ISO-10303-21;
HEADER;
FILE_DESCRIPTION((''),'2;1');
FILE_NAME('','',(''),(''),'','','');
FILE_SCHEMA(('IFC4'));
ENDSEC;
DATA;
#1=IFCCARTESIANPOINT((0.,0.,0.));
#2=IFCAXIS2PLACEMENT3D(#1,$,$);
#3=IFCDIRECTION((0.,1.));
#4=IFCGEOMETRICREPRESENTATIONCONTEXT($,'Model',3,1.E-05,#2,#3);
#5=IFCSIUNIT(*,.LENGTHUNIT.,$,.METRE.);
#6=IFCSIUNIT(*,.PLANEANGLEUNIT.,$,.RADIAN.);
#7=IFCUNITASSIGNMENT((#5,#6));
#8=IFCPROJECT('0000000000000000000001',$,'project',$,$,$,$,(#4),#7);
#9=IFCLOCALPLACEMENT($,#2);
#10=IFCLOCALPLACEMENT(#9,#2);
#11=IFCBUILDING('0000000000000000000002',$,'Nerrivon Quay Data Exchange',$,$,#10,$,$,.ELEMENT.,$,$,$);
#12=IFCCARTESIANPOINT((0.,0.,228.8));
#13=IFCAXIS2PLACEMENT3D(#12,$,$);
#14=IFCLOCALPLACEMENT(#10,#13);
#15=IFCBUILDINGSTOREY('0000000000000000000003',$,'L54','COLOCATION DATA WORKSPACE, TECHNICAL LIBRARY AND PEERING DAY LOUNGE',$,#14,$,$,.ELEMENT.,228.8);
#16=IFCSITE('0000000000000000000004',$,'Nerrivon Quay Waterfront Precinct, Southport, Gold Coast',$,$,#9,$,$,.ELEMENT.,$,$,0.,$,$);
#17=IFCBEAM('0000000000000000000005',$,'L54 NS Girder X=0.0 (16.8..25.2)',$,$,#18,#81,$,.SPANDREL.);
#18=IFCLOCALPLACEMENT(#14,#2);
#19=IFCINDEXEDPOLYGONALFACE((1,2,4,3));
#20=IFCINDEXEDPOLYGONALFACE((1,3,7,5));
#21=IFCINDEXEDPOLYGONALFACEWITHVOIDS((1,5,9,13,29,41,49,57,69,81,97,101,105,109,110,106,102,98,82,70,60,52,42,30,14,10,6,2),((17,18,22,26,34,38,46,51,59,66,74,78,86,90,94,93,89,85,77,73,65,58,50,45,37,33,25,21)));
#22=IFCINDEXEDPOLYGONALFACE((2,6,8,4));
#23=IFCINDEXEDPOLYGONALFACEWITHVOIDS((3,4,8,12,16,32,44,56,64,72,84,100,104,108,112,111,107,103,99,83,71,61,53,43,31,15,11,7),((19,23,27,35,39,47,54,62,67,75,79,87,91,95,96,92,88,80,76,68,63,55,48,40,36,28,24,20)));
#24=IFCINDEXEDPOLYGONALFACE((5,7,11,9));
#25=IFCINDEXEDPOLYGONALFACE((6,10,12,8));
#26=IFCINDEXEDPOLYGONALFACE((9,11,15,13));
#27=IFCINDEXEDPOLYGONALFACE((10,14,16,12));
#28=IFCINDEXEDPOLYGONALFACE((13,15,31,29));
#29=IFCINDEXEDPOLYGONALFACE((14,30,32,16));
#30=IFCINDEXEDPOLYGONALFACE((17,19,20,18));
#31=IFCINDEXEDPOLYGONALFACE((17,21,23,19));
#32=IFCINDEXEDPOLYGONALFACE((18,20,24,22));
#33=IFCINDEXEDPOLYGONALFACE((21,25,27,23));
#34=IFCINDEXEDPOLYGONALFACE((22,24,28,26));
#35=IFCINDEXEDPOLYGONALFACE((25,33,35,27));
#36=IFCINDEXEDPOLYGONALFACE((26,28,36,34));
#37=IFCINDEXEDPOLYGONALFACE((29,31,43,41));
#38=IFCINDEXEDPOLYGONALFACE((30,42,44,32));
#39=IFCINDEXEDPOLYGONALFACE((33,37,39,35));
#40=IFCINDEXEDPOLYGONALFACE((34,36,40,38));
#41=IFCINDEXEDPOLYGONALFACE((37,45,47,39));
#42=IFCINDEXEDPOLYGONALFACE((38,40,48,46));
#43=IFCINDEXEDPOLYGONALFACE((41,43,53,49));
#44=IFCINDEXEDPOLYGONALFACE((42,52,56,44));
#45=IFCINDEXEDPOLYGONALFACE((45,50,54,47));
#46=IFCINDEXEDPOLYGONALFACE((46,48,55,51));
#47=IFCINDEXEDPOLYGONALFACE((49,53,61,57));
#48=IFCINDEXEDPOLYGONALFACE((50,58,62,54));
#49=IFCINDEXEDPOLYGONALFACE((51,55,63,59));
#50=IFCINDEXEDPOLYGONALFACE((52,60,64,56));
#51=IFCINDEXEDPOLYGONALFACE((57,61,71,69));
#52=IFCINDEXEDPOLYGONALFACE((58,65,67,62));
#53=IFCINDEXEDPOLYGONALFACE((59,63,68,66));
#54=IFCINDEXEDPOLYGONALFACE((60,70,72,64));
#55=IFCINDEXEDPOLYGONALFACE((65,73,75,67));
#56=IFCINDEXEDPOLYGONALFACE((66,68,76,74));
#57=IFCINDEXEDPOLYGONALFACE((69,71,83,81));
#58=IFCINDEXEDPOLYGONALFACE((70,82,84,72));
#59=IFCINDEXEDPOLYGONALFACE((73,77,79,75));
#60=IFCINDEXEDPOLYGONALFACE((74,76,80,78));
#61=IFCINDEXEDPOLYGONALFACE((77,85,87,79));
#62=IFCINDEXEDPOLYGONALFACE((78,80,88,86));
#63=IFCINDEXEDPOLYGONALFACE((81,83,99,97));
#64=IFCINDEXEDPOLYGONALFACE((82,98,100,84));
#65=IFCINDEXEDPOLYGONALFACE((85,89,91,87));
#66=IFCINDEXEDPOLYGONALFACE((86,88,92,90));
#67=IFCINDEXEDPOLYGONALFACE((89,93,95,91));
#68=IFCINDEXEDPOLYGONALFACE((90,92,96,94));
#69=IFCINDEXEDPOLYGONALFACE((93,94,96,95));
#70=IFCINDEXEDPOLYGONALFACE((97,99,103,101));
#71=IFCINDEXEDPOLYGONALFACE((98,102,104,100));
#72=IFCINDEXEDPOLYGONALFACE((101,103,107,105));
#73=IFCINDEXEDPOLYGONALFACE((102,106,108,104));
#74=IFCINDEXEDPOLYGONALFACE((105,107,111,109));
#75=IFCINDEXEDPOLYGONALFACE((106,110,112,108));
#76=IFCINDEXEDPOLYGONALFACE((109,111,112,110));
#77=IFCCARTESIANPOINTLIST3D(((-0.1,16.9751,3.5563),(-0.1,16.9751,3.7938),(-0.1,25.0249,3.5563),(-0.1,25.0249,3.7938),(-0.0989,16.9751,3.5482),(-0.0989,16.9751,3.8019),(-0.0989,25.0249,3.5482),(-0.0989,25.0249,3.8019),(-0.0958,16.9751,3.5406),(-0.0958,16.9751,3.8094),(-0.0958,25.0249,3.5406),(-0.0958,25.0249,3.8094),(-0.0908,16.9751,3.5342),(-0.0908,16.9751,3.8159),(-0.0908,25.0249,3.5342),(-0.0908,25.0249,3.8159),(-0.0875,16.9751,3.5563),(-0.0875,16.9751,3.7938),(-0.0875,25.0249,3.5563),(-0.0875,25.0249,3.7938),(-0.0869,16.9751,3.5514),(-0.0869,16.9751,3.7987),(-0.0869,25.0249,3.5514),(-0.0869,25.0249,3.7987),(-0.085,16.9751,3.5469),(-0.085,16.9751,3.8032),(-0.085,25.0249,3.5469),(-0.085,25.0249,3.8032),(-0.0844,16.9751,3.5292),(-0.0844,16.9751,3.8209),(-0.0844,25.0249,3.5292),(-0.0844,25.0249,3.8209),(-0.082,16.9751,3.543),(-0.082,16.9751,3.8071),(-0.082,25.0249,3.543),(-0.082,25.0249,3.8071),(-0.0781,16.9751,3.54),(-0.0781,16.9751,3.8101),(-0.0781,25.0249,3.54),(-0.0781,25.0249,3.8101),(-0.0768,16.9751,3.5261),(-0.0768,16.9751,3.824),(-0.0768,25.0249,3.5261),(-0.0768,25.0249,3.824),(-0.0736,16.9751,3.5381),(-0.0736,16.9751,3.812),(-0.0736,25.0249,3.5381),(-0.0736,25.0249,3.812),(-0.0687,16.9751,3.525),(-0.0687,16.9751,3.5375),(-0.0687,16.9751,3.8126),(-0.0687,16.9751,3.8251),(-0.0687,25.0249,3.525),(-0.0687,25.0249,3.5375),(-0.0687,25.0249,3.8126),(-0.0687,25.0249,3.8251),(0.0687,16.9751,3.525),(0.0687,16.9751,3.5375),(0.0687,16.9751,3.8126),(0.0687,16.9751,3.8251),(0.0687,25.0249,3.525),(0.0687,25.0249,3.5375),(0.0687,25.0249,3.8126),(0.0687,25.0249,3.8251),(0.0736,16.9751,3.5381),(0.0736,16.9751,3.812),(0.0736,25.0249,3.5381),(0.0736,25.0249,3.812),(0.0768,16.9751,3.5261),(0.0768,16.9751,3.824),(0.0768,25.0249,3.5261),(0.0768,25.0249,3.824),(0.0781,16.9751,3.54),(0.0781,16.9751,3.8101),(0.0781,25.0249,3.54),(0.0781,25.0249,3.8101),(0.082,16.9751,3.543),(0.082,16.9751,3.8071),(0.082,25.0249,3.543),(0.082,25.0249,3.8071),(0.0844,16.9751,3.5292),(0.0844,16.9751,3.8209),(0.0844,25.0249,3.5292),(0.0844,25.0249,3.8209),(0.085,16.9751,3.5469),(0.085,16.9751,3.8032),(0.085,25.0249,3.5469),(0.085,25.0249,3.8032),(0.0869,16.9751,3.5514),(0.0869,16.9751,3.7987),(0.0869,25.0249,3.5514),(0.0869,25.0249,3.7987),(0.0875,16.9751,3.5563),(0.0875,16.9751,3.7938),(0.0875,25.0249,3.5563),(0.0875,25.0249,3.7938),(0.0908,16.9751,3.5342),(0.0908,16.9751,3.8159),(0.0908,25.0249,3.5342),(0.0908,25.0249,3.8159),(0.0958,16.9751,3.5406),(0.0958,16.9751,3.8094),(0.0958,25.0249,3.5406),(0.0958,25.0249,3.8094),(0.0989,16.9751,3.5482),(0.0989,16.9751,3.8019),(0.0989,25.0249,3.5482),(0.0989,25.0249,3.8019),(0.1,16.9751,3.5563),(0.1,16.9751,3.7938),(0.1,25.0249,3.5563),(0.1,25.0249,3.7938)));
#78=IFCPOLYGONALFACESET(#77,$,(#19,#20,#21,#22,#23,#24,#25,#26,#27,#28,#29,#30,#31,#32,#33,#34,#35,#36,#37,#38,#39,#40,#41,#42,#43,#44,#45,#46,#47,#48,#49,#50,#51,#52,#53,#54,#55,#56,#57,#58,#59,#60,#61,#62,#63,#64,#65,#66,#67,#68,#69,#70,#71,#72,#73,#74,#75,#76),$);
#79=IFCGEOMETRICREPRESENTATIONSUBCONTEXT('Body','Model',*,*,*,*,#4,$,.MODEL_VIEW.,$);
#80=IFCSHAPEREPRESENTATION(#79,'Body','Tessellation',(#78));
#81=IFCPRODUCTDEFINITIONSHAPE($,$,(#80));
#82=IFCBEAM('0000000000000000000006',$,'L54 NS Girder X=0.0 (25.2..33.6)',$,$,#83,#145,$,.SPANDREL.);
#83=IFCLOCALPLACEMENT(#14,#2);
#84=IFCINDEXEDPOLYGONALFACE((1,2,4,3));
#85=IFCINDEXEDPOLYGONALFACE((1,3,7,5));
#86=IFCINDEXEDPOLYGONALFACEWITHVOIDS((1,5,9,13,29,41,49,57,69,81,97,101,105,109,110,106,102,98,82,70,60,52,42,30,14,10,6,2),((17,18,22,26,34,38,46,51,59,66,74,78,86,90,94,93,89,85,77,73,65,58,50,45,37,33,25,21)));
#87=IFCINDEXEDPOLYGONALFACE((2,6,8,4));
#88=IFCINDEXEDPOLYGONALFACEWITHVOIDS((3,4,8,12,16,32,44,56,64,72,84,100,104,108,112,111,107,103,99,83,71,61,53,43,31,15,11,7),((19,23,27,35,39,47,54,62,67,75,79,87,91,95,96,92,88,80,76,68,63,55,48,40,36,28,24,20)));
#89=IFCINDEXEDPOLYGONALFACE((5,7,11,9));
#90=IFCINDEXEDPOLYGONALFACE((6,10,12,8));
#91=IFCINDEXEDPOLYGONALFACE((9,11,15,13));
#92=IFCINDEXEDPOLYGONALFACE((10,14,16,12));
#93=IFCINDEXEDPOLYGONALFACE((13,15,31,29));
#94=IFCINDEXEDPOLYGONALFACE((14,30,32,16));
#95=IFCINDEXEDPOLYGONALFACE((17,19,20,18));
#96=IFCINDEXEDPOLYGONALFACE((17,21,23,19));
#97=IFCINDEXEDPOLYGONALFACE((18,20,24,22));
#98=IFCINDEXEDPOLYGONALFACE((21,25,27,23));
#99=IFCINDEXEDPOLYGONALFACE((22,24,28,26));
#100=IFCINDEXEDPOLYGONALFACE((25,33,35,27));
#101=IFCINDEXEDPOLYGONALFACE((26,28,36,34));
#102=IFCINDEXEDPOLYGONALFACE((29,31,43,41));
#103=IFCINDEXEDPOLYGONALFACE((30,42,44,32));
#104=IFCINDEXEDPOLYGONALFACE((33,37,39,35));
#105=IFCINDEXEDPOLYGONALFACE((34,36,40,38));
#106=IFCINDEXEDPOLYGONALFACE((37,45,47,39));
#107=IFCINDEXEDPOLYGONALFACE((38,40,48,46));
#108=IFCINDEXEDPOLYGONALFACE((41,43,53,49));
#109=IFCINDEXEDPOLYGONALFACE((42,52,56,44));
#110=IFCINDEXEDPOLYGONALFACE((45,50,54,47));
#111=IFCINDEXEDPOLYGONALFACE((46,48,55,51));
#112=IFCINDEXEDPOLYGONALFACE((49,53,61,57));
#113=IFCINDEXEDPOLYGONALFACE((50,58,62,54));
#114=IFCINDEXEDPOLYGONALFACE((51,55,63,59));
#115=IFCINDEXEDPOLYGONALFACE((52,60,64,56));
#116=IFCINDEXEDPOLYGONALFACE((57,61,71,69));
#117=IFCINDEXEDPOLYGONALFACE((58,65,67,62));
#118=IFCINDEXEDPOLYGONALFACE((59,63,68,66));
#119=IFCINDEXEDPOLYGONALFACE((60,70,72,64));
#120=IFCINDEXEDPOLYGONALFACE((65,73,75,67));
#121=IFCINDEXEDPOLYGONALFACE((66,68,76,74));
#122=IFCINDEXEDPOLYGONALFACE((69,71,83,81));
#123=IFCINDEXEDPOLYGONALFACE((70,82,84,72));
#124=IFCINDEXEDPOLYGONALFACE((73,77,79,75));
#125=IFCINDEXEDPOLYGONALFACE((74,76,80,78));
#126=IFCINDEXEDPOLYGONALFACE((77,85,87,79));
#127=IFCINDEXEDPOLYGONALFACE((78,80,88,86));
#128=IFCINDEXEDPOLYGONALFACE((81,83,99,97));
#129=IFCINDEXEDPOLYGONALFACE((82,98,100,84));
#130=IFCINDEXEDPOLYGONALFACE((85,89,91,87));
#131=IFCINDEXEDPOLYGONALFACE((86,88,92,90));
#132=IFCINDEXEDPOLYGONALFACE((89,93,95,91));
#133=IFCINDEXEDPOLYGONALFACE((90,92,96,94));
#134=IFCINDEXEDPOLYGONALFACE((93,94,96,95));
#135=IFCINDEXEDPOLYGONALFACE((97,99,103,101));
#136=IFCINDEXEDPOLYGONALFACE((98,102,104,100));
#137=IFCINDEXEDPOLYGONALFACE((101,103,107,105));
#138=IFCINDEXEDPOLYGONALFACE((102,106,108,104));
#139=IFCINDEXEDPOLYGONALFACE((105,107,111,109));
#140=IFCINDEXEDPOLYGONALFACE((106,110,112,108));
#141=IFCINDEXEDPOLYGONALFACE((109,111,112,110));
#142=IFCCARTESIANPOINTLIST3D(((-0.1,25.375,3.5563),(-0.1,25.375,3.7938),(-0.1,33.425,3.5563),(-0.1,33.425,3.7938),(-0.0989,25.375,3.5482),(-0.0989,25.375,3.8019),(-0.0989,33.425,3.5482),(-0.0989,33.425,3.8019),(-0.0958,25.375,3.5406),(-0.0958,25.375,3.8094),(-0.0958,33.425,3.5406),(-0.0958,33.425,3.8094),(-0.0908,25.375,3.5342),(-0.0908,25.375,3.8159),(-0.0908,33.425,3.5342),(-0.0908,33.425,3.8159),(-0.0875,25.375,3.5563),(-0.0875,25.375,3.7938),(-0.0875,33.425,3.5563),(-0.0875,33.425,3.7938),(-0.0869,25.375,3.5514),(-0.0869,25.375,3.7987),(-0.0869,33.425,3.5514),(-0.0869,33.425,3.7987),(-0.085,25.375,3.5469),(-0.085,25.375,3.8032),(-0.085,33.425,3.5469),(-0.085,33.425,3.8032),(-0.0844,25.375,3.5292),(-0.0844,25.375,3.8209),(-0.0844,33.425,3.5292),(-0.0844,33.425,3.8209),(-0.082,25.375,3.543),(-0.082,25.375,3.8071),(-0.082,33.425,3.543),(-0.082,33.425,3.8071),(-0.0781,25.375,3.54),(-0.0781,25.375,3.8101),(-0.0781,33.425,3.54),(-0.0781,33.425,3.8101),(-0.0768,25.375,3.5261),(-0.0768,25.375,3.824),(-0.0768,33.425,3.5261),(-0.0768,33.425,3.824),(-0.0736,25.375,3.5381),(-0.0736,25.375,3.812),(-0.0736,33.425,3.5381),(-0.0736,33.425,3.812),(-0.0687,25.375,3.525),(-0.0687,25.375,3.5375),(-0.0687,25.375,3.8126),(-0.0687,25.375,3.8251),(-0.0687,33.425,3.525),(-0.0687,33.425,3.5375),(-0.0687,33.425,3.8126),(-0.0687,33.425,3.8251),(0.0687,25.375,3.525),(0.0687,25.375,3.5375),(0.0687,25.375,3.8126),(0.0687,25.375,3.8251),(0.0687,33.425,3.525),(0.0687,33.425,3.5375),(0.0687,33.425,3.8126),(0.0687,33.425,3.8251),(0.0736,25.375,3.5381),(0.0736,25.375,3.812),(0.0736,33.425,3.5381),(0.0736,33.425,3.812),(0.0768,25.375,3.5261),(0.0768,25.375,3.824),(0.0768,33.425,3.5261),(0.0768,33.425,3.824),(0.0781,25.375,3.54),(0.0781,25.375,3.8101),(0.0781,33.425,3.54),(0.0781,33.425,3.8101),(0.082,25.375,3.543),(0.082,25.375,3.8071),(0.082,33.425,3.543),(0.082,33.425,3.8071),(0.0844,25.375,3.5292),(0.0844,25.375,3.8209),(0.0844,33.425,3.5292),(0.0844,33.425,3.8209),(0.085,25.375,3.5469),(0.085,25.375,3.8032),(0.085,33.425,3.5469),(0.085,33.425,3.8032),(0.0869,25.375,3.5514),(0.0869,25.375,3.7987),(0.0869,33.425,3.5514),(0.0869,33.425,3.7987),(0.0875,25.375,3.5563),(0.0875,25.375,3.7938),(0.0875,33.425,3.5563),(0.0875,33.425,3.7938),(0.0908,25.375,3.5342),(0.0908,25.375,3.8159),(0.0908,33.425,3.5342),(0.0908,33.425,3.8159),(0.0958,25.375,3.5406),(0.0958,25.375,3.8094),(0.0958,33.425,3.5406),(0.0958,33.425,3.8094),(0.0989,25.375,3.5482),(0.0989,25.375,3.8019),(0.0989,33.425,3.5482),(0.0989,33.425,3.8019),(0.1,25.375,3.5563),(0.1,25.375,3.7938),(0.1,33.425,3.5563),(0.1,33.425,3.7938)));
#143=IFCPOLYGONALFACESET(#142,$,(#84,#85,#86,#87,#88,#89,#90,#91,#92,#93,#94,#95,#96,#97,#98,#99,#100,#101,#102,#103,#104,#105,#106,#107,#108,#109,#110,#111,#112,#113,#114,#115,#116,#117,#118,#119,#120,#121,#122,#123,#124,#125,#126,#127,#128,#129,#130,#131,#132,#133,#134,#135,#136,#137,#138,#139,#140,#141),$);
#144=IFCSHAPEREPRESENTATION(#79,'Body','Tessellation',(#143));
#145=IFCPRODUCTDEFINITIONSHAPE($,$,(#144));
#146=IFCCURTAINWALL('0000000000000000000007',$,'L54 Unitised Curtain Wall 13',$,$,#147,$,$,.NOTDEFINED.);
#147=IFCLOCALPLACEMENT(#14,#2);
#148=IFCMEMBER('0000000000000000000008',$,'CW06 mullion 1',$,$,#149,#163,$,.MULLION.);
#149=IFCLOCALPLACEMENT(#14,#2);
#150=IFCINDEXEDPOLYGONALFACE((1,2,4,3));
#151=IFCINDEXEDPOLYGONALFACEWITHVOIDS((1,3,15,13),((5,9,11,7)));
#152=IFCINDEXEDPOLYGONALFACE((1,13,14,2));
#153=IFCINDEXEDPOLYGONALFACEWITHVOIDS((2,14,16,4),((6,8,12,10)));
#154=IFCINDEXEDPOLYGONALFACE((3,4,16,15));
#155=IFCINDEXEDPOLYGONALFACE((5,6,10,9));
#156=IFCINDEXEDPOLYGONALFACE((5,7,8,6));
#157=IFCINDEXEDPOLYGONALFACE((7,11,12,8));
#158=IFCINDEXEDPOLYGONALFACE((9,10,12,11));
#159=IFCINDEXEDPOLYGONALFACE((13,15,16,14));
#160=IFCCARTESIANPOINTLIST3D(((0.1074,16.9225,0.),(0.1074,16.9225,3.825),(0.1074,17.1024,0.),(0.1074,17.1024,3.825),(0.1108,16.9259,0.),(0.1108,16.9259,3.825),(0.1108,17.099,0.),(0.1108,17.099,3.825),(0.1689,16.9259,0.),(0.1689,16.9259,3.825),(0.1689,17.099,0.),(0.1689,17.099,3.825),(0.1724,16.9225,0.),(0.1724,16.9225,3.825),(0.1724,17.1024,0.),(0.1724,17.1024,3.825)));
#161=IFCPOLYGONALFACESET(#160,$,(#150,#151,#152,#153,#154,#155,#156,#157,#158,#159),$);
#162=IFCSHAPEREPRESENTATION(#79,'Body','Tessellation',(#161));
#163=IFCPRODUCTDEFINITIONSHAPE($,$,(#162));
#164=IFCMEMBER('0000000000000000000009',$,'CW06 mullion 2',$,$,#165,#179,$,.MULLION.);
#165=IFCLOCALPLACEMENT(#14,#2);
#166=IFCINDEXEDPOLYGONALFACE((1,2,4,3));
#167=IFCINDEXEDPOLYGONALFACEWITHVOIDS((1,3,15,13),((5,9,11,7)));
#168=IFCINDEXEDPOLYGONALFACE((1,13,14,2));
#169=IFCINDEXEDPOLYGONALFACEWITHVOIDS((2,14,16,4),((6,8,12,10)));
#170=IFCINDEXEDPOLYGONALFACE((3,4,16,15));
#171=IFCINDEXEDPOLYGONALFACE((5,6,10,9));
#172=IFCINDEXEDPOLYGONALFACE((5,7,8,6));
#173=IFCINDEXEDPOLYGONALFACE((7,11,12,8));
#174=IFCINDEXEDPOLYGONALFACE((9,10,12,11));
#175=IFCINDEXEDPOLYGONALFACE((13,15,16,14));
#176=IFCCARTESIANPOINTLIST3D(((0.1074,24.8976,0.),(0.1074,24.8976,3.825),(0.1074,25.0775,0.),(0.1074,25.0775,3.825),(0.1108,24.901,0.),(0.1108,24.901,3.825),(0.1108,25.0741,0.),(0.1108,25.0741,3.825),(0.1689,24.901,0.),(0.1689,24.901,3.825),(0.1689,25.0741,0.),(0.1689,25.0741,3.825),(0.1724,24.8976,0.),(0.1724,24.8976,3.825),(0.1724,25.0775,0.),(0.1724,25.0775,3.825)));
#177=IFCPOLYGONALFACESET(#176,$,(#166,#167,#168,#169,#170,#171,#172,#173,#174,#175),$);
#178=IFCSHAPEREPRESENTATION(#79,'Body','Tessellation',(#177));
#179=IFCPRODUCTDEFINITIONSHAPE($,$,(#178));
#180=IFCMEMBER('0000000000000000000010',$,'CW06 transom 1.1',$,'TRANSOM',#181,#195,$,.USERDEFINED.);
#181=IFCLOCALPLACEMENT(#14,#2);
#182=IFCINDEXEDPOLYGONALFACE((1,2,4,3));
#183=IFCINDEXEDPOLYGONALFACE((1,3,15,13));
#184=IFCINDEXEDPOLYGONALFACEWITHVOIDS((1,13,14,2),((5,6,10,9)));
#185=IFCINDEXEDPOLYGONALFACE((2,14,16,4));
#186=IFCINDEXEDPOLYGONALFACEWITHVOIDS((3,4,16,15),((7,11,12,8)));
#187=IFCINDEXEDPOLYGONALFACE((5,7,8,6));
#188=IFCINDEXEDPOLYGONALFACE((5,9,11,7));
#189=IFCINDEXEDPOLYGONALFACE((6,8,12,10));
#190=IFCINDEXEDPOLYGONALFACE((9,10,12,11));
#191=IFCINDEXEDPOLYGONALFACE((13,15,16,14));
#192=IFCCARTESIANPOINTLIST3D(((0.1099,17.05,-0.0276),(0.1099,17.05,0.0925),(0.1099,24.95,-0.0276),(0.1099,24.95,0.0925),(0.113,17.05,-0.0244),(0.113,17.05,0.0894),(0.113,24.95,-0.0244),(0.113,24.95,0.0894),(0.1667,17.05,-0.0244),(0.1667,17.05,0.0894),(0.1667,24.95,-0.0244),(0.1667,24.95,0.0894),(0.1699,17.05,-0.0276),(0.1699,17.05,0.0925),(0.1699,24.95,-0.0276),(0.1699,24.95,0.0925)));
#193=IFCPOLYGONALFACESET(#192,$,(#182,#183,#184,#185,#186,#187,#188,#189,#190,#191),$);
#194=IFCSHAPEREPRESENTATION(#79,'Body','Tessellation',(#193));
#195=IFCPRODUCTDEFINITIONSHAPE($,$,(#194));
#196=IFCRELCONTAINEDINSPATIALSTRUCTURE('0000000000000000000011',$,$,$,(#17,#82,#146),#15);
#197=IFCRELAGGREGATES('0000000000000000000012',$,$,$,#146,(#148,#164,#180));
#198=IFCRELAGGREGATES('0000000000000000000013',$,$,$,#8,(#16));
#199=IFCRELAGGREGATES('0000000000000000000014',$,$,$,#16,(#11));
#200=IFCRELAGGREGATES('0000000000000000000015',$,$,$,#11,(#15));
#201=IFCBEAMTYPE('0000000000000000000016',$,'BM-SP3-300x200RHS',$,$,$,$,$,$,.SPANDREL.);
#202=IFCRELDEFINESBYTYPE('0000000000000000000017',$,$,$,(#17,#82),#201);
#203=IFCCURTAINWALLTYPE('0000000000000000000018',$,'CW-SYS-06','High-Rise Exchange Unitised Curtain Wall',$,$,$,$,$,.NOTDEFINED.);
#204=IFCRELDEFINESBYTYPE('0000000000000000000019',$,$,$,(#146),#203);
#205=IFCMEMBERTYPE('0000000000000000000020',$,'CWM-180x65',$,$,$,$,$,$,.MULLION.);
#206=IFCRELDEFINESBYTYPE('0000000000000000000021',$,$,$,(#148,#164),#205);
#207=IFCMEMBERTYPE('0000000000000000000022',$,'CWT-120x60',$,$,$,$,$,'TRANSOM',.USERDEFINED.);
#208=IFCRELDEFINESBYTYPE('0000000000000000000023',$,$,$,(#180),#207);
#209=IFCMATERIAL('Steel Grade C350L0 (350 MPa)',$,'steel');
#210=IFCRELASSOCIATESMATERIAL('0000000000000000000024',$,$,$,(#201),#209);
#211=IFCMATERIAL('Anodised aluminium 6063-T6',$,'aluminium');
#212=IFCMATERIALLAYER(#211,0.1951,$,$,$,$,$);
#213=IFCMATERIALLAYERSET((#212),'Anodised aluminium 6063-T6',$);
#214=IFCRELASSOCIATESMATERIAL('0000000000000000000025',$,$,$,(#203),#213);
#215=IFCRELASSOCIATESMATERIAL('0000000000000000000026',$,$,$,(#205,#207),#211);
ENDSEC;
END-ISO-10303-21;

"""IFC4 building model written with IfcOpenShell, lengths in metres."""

from ifc_helpers import new_model, si_unit, direction, frame, origin, origin_2d, place, context, subcontext, project, spatial, hollow_rectangle, extrude, material, layer, layer_set, material_profile, profile_set, type_object, element, aggregate, save


model = new_model("IFC4")

# Units and contexts
model_context = context("Model", 3, precision=1e-05, world=origin(), true_north=direction((0.0, 1.0)))
body_context = subcontext(model_context, "Body", "Model", "MODEL_VIEW")
ifc_project = project(units=[si_unit("LENGTHUNIT", "METRE"), si_unit("PLANEANGLEUNIT", "RADIAN")], contexts=[model_context])

# Site, building, storey
site_placement = place(None, origin())
site = spatial("IfcSite", under=ifc_project, at=site_placement, Name="Nerrivon Quay Waterfront Precinct, Southport, Gold Coast", CompositionType="ELEMENT", RefElevation=0.0)
building_placement = place(site_placement, origin())
building = spatial("IfcBuilding", under=site, at=building_placement, Name="Nerrivon Quay Data Exchange", CompositionType="ELEMENT")
storey_placement = place(building_placement, frame((0.0, 0.0, 228.8)))
storey = spatial("IfcBuildingStorey", under=building, at=storey_placement, Name="L54", Description="COLOCATION DATA WORKSPACE, TECHNICAL LIBRARY AND PEERING DAY LOUNGE", CompositionType="ELEMENT", Elevation=228.8)

# Beams
ifc_material_1 = material(Name="Steel Grade C350L0 (350 MPa)", Category="steel")
ifc_material_profile_1 = material_profile(ifc_material_1, hollow_rectangle(XDim=0.2, YDim=0.3, WallThickness=0.0125, InnerFilletRadius=0.0188, OuterFilletRadius=0.0312, at=origin_2d()), Name="300x200x12.5RHS")
ifc_profile_set_1 = profile_set([ifc_material_profile_1], Name="Steel Grade C350L0 (350 MPa)")
beam_type_1 = type_object("IfcBeamType", Name="BM-SP3-300x200RHS", PredefinedType="SPANDREL", material=ifc_profile_set_1)
beam_1_placement = place(storey_placement, frame((0.0, 16.9751, 3.675), z_axis=(0.0, 1.0, 0.0), x_axis=(-1.0, 0.0, 0.0)))
element("IfcBeam", 1, at=beam_1_placement, inside=storey, type_object=beam_type_1, Name="L54 NS Girder X=0.0 (16.8..25.2)", PredefinedType="SPANDREL", context=body_context, shape_type="SweptSolid", body=[
    extrude(hollow_rectangle(XDim=0.2, YDim=0.3, WallThickness=0.0125, InnerFilletRadius=0.0188, OuterFilletRadius=0.0312, at=origin_2d()), origin(), (0.0, 0.0, 1.0), 8.0498),
])
beam_2_placement = place(storey_placement, frame((0.0, 25.375, 3.675), z_axis=(0.0, 1.0, 0.0), x_axis=(-1.0, 0.0, 0.0)))
element("IfcBeam", 2, at=beam_2_placement, inside=storey, type_object=beam_type_1, Name="L54 NS Girder X=0.0 (25.2..33.6)", PredefinedType="SPANDREL", context=body_context, shape_type="SweptSolid", body=[
    extrude(hollow_rectangle(XDim=0.2, YDim=0.3, WallThickness=0.0125, InnerFilletRadius=0.0188, OuterFilletRadius=0.0312, at=origin_2d()), origin(), (0.0, 0.0, 1.0), 8.05),
])

# Curtain wall, members
ifc_material_2 = material(Name="Anodised aluminium 6063-T6", Category="aluminium")
ifc_layer_1 = layer(ifc_material_2, 0.1951)
ifc_layer_set_1 = layer_set([ifc_layer_1], Name="Anodised aluminium 6063-T6")
curtain_wall_type = type_object("IfcCurtainWallType", Name="CW-SYS-06", Description="High-Rise Exchange Unitised Curtain Wall", PredefinedType="NOTDEFINED", material=ifc_layer_set_1)
curtain_wall_placement = place(storey_placement, origin())
curtain_wall = element("IfcCurtainWall", 3, at=curtain_wall_placement, inside=storey, type_object=curtain_wall_type, Name="L54 Unitised Curtain Wall 13", PredefinedType="NOTDEFINED")
ifc_material_profile_2 = material_profile(ifc_material_2, hollow_rectangle(XDim=0.0649, YDim=0.1799, WallThickness=0.0034, at=origin_2d()), Name="ALU-MULL-180x65")
ifc_profile_set_2 = profile_set([ifc_material_profile_2], Name="Anodised aluminium 6063-T6")
member_type_1 = type_object("IfcMemberType", Name="CWM-180x65", PredefinedType="MULLION", material=ifc_profile_set_2)
member_1_placement = place(storey_placement, frame((0.1399, 17.0125, 0.0), z_axis=(0.0, 0.0, 1.0), x_axis=(-1.0, 0.0, 0.0)))
member_1 = element("IfcMember", 4, at=member_1_placement, type_object=member_type_1, Name="CW06 mullion 1", PredefinedType="MULLION", context=body_context, shape_type="SweptSolid", body=[
    extrude(hollow_rectangle(XDim=0.0649, YDim=0.1799, WallThickness=0.0034, at=origin_2d()), origin(), (0.0, 0.0, 1.0), 3.825),
])
member_2_placement = place(storey_placement, frame((0.1399, 24.9875, 0.0), z_axis=(0.0, 0.0, 1.0), x_axis=(-1.0, 0.0, 0.0)))
member_2 = element("IfcMember", 5, at=member_2_placement, type_object=member_type_1, Name="CW06 mullion 2", PredefinedType="MULLION", context=body_context, shape_type="SweptSolid", body=[
    extrude(hollow_rectangle(XDim=0.0649, YDim=0.1799, WallThickness=0.0034, at=origin_2d()), origin(), (0.0, 0.0, 1.0), 3.825),
])
ifc_material_profile_3 = material_profile(ifc_material_2, hollow_rectangle(XDim=0.0601, YDim=0.1201, WallThickness=0.0032, at=origin_2d()), Name="ALU-TRAN-120x60")
ifc_profile_set_3 = profile_set([ifc_material_profile_3], Name="Anodised aluminium 6063-T6")
member_type_2 = type_object("IfcMemberType", Name="CWT-120x60", ElementType="TRANSOM", PredefinedType="USERDEFINED", material=ifc_profile_set_3)
member_3_placement = place(storey_placement, frame((0.1399, 17.05, 0.0325), z_axis=(0.0, 1.0, 0.0), x_axis=(-1.0, 0.0, 0.0)))
member_3 = element("IfcMember", 6, at=member_3_placement, type_object=member_type_2, Name="CW06 transom 1.1", ObjectType="TRANSOM", PredefinedType="USERDEFINED", context=body_context, shape_type="SweptSolid", body=[
    extrude(hollow_rectangle(XDim=0.0601, YDim=0.1201, WallThickness=0.0032, at=origin_2d()), origin(), (0.0, 0.0, 1.0), 7.8999),
])
aggregate(curtain_wall, [member_1, member_2, member_3])

save(model, "model.ifc")
